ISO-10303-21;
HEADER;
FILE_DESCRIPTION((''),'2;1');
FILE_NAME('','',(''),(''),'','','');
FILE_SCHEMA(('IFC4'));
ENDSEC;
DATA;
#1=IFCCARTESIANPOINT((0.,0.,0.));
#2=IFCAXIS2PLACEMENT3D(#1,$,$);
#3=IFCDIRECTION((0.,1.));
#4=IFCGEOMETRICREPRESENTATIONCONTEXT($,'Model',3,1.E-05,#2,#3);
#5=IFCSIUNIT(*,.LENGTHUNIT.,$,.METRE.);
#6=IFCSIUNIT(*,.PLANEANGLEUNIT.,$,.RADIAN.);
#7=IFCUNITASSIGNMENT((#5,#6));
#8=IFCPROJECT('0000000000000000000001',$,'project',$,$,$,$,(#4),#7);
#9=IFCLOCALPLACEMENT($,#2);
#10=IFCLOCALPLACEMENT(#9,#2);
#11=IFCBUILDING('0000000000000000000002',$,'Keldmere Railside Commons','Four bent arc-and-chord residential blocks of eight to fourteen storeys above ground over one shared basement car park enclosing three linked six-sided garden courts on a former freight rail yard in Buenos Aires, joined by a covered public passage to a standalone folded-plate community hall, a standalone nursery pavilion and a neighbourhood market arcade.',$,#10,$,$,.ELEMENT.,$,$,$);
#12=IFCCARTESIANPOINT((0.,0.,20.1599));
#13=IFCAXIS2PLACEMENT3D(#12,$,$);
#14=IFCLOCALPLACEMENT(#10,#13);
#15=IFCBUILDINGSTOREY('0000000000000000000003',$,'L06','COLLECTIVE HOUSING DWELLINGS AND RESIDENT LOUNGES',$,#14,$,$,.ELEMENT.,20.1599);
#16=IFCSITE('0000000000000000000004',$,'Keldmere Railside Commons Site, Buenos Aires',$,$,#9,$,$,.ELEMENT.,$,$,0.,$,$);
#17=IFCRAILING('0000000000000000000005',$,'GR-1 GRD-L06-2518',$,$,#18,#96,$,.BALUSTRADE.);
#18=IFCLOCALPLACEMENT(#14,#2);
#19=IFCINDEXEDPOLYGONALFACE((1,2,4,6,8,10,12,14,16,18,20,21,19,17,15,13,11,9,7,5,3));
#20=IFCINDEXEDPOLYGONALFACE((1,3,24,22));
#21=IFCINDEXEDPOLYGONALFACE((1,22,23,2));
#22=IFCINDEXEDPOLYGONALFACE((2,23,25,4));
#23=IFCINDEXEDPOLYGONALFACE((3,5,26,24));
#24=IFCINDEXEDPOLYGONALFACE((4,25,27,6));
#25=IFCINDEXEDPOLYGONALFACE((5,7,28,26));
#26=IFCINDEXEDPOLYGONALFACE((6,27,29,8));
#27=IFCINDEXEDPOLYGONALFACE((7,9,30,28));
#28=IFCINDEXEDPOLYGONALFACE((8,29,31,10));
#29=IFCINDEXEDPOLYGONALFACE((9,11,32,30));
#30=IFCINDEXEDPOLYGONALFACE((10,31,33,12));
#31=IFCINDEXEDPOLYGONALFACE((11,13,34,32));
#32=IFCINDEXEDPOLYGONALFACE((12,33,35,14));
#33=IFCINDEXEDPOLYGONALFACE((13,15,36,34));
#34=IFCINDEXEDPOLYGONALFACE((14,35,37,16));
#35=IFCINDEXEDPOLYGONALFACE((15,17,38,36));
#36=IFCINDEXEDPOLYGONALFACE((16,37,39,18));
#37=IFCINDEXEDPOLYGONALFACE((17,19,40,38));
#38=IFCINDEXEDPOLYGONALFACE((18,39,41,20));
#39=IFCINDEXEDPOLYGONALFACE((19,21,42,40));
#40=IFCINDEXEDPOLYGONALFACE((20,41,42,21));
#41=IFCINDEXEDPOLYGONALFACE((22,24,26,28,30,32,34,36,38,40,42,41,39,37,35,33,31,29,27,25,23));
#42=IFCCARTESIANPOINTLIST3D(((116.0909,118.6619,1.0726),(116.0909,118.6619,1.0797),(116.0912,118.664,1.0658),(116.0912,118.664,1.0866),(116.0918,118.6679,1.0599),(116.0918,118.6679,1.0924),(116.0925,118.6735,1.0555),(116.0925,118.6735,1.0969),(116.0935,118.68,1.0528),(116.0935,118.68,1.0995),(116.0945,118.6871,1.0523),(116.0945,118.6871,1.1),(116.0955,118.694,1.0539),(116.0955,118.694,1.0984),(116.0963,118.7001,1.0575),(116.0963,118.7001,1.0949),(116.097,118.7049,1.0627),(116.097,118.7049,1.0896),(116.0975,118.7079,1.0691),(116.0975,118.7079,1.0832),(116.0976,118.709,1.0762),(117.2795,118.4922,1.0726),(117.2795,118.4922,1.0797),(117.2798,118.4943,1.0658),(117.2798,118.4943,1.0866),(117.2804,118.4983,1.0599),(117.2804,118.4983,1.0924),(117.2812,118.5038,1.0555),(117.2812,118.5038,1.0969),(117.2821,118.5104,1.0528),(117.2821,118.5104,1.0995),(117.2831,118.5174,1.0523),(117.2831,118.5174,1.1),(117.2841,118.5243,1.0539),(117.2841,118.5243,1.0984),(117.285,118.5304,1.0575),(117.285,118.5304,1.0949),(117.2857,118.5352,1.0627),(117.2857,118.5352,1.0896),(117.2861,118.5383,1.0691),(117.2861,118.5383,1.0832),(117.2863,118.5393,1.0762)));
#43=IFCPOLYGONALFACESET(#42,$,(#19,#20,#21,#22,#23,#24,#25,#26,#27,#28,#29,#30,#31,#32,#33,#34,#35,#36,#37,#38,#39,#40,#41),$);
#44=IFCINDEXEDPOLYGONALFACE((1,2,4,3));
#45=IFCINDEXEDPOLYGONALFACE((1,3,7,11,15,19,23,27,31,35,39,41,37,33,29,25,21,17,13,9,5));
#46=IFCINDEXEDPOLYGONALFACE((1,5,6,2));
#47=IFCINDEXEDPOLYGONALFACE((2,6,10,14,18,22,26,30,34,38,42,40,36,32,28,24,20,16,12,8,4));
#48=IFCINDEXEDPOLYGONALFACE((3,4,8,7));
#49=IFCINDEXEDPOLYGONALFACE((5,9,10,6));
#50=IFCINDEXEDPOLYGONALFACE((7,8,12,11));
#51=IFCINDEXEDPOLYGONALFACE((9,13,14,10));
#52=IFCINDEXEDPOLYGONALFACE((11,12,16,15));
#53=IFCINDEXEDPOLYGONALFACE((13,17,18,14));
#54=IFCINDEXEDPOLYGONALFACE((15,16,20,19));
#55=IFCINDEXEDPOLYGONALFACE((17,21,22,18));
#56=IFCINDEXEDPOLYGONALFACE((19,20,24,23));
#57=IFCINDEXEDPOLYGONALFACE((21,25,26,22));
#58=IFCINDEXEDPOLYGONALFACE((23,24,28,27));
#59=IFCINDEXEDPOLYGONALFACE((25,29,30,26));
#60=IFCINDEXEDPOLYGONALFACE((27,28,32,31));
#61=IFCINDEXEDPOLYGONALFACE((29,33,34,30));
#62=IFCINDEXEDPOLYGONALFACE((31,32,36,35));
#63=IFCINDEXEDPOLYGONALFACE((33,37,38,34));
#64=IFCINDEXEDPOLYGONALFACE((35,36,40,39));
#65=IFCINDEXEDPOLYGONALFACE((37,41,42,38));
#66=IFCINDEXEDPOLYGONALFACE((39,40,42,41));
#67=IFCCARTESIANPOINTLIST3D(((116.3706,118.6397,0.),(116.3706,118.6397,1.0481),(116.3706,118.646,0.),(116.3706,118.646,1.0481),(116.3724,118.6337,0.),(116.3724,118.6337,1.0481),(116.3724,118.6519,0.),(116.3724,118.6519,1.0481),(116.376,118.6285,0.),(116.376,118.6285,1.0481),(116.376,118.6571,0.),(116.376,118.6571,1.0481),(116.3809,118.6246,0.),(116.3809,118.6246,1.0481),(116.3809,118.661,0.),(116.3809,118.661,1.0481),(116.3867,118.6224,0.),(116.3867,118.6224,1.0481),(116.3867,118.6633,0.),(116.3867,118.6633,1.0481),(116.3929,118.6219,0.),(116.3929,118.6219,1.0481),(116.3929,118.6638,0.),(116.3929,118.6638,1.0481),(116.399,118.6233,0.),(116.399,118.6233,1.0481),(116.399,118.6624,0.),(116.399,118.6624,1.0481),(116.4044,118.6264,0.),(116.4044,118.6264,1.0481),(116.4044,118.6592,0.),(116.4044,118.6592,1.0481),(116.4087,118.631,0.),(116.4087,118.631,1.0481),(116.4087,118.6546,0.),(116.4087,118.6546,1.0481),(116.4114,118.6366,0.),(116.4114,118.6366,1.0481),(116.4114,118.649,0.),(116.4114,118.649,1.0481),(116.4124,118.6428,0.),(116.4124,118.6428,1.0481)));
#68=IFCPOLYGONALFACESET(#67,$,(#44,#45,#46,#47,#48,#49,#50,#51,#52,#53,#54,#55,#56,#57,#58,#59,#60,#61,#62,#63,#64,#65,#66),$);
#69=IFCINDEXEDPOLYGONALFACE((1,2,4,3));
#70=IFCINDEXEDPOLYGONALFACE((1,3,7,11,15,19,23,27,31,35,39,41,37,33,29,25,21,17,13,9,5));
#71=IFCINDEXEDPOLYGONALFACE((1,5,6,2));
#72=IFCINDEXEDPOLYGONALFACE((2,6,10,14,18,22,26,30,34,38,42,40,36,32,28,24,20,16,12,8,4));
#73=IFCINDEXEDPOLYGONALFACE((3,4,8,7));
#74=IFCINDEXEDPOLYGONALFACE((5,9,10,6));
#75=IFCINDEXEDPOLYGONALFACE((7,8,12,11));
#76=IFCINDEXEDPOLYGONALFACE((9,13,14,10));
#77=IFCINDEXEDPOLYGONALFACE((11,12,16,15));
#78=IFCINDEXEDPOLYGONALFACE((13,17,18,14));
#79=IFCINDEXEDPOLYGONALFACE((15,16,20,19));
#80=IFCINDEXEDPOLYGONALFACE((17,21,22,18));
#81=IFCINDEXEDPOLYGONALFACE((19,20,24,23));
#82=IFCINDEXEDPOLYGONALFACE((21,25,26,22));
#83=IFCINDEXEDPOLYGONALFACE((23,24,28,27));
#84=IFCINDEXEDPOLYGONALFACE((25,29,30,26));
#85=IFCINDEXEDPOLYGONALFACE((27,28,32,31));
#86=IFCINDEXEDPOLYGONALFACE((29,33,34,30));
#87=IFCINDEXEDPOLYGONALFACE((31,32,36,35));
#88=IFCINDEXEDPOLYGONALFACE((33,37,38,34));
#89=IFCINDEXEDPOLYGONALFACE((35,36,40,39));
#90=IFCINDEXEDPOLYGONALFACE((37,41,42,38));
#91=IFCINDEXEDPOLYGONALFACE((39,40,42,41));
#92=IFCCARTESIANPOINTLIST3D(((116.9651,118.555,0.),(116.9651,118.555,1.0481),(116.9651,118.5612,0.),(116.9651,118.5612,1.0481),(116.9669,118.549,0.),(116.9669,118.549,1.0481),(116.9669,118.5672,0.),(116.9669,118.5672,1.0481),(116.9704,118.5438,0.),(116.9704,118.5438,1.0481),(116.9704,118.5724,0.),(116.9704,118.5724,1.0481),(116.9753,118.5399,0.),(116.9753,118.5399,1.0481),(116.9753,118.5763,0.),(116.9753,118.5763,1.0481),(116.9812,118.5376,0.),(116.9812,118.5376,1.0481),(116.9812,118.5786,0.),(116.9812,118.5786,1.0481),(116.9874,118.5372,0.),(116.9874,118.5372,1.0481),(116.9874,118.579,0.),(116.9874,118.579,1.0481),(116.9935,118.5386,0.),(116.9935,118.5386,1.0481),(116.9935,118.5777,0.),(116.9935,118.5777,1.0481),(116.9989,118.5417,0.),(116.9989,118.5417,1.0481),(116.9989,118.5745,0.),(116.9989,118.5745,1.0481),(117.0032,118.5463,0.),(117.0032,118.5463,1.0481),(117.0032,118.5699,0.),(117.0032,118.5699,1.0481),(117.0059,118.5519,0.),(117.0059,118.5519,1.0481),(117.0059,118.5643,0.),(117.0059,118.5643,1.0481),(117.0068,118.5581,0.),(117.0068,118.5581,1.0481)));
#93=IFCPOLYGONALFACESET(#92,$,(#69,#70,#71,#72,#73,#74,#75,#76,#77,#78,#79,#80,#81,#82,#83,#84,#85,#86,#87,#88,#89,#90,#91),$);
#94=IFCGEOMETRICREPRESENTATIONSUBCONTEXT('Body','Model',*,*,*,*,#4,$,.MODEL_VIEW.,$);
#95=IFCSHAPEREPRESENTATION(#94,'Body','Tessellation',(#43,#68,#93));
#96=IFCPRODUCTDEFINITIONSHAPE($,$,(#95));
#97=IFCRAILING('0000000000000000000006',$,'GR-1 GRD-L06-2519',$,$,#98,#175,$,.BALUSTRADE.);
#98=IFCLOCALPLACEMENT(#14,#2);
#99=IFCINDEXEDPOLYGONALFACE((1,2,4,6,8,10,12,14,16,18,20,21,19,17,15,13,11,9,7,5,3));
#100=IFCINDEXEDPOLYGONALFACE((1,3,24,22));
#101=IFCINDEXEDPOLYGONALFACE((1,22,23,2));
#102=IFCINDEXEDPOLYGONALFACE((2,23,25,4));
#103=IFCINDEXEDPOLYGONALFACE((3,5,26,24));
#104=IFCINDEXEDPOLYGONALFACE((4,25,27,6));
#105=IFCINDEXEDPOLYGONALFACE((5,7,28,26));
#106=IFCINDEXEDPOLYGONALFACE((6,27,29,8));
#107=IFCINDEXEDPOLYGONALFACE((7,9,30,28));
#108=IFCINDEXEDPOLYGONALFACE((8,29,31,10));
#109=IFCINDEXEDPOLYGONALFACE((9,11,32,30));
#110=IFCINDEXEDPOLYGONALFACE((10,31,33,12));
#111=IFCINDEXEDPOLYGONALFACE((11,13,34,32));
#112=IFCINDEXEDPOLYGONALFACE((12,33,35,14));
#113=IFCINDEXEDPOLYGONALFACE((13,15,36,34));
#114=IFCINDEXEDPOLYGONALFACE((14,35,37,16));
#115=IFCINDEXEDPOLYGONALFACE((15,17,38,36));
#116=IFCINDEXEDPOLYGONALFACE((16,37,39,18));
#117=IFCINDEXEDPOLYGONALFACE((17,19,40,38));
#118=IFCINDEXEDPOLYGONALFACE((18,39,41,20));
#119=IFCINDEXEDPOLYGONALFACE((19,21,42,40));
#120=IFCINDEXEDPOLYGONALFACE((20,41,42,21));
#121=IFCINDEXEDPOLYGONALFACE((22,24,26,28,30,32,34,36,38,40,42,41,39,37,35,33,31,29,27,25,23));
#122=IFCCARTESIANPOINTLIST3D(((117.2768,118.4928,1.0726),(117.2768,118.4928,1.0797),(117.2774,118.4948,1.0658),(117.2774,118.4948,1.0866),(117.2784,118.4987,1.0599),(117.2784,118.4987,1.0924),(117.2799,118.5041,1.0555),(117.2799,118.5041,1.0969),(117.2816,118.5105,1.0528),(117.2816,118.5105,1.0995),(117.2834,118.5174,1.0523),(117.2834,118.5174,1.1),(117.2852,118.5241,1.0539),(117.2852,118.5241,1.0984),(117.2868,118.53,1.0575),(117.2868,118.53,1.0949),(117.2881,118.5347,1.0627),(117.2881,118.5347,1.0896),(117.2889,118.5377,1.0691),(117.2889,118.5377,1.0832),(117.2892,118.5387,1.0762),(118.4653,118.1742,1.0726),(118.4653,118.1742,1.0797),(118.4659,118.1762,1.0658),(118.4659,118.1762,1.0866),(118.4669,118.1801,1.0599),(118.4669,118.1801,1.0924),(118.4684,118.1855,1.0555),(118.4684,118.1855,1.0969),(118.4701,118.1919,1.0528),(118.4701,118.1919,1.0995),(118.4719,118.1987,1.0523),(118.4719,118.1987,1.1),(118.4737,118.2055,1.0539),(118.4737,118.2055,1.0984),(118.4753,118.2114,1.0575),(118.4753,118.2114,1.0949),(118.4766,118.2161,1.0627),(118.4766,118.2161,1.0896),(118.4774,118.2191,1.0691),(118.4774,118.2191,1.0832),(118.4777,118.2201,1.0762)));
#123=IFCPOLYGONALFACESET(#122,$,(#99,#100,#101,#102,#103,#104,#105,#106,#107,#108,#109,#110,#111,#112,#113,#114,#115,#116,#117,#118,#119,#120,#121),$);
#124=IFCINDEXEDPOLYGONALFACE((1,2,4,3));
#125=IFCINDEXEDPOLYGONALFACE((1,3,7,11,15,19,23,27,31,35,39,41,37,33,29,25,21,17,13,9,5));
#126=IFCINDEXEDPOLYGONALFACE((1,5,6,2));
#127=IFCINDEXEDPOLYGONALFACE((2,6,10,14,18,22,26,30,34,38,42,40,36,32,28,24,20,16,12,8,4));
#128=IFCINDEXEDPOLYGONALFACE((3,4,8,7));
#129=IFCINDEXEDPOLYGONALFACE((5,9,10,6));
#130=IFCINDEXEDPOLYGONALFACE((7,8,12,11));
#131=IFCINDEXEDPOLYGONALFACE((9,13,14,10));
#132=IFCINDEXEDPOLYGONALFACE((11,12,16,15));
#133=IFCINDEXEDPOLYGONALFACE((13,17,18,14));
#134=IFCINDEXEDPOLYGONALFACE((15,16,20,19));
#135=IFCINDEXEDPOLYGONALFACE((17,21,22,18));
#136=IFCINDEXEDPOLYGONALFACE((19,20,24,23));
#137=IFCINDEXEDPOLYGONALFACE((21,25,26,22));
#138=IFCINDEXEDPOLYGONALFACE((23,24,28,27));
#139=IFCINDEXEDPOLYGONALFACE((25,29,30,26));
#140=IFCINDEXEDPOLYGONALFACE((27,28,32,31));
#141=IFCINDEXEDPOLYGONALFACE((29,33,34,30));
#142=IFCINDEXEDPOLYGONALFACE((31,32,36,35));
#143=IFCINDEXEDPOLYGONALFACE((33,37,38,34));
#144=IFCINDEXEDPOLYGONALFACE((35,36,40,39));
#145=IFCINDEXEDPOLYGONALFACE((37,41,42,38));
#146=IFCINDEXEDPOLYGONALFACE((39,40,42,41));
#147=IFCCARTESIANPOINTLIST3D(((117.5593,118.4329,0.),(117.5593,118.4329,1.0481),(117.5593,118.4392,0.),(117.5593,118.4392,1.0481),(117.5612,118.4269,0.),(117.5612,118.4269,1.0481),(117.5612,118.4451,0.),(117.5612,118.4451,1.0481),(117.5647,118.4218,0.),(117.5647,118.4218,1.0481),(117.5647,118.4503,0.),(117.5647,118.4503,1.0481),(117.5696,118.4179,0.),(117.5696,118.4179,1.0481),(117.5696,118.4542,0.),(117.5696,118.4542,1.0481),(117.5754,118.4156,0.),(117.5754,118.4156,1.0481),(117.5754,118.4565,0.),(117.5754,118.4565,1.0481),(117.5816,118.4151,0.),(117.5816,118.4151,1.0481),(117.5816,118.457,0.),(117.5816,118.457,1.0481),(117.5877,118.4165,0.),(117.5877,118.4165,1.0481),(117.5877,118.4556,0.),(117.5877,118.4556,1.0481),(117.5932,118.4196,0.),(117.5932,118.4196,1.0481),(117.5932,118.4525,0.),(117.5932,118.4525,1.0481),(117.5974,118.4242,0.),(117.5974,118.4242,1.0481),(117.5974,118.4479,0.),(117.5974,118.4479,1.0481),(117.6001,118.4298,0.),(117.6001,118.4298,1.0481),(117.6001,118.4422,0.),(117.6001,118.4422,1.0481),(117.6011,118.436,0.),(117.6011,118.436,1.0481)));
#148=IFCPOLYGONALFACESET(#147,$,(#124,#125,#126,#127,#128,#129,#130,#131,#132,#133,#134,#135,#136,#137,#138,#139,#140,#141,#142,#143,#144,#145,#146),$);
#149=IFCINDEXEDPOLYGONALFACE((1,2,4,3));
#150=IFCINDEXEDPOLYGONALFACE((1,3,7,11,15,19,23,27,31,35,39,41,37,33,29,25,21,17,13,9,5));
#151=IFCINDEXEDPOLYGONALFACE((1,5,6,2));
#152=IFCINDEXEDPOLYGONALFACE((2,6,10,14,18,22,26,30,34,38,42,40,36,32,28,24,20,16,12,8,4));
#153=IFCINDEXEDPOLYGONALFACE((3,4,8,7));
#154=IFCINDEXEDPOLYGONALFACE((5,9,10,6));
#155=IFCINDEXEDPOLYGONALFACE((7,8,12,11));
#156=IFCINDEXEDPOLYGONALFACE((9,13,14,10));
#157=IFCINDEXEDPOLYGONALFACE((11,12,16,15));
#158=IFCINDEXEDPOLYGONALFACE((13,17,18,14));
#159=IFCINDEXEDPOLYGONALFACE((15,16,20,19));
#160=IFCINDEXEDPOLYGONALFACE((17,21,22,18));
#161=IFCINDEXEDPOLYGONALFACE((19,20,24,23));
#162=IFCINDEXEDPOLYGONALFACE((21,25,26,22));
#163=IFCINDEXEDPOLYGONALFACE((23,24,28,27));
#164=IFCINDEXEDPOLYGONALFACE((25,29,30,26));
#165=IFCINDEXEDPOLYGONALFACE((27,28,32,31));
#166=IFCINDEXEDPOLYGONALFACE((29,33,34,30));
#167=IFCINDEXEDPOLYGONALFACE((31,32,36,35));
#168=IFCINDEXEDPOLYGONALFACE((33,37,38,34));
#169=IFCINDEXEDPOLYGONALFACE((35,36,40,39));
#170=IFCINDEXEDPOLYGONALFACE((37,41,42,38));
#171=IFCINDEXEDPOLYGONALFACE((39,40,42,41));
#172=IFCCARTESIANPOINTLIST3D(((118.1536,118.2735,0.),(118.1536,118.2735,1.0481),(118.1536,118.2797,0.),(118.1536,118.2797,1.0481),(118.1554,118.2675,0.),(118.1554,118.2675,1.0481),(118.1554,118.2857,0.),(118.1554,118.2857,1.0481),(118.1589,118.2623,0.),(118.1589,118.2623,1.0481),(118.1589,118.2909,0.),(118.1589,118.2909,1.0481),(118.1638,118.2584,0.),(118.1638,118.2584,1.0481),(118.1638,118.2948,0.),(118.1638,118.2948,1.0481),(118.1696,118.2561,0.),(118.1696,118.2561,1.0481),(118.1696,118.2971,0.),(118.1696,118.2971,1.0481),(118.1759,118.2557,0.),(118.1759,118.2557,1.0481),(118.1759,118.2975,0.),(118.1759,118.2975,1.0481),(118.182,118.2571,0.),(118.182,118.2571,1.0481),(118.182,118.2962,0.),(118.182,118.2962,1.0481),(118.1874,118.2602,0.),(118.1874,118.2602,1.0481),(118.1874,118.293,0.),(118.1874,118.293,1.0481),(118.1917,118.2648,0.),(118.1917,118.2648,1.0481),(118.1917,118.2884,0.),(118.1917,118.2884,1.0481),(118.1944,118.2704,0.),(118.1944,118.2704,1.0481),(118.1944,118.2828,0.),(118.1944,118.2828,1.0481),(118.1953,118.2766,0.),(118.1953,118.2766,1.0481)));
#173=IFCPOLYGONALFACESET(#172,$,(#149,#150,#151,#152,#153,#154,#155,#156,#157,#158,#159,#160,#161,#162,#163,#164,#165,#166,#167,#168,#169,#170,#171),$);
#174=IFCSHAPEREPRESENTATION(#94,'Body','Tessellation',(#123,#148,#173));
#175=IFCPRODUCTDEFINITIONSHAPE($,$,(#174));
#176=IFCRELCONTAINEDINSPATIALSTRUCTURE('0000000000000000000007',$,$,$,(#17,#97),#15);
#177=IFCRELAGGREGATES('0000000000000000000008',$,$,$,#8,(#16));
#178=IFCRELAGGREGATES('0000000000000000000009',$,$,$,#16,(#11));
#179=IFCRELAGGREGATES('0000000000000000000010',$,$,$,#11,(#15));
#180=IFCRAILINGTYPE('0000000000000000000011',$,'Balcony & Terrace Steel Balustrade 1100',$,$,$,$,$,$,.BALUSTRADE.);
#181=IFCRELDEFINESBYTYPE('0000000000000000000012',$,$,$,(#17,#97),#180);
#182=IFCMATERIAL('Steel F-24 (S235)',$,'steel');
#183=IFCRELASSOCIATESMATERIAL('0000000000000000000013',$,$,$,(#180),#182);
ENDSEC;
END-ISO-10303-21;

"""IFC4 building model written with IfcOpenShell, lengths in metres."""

from ifc_helpers import new_model, si_unit, direction, frame, origin, origin_2d, place, context, subcontext, project, spatial, circle, extrude, material, type_object, element, save


model = new_model("IFC4")

# Units and contexts
model_context = context("Model", 3, precision=1e-05, world=origin(), true_north=direction((0.0, 1.0)))
body_context = subcontext(model_context, "Body", "Model", "MODEL_VIEW")
ifc_project = project(units=[si_unit("LENGTHUNIT", "METRE"), si_unit("PLANEANGLEUNIT", "RADIAN")], contexts=[model_context])

# Site, building, storey
site_placement = place(None, origin())
site = spatial("IfcSite", under=ifc_project, at=site_placement, Name="Keldmere Railside Commons Site, Buenos Aires", CompositionType="ELEMENT", RefElevation=0.0)
building_placement = place(site_placement, origin())
building = spatial("IfcBuilding", under=site, at=building_placement, Name="Keldmere Railside Commons", Description="Four bent arc-and-chord residential blocks of eight to fourteen storeys above ground over one shared basement car park enclosing three linked six-sided garden courts on a former freight rail yard in Buenos Aires, joined by a covered public passage to a standalone folded-plate community hall, a standalone nursery pavilion and a neighbourhood market arcade.", CompositionType="ELEMENT")
storey_placement = place(building_placement, frame((0.0, 0.0, 20.1599)))
storey = spatial("IfcBuildingStorey", under=building, at=storey_placement, Name="L06", Description="COLLECTIVE HOUSING DWELLINGS AND RESIDENT LOUNGES", CompositionType="ELEMENT", Elevation=20.1599)

# Railings
ifc_material_1 = material(Name="Steel F-24 (S235)", Category="steel")
railing_type = type_object("IfcRailingType", Name="Balcony & Terrace Steel Balustrade 1100", PredefinedType="BALUSTRADE", material=ifc_material_1)
railing_1_placement = place(storey_placement, frame((116.0942, 118.6853, 0.0)))
element("IfcRailing", 1, at=railing_1_placement, inside=storey, type_object=railing_type, Name="GR-1 GRD-L06-2518", PredefinedType="BALUSTRADE", context=body_context, shape_type="SweptSolid", body=[
    extrude(circle(Radius=0.0239, at=origin_2d()), frame((0.0, 0.0, 1.0762), z_axis=(0.989966, -0.141307, 0.0), x_axis=(0.141307, 0.989966, 0.0)), (0.0, 0.0, 1.0), 1.2007),
    extrude(circle(Radius=0.021, at=origin_2d()), frame((0.2971, -0.0425, 0.0)), (0.0, 0.0, 1.0), 1.0481),
    extrude(circle(Radius=0.021, at=origin_2d()), frame((0.8916, -0.1272, 0.0)), (0.0, 0.0, 1.0), 1.0481),
])
railing_2_placement = place(storey_placement, frame((117.283, 118.5156, 0.0)))
element("IfcRailing", 2, at=railing_2_placement, inside=storey, type_object=railing_type, Name="GR-1 GRD-L06-2519", PredefinedType="BALUSTRADE", context=body_context, shape_type="SweptSolid", body=[
    extrude(circle(Radius=0.0239, at=origin_2d()), frame((0.0, 0.0, 1.0762), z_axis=(0.965895, -0.258934, 0.0), x_axis=(0.258934, 0.965895, 0.0)), (0.0, 0.0, 1.0), 1.2305),
    extrude(circle(Radius=0.021, at=origin_2d()), frame((0.2971, -0.0796, 0.0)), (0.0, 0.0, 1.0), 1.0481),
    extrude(circle(Radius=0.021, at=origin_2d()), frame((0.8914, -0.239, 0.0)), (0.0, 0.0, 1.0), 1.0481),
])

save(model, "model.ifc")
